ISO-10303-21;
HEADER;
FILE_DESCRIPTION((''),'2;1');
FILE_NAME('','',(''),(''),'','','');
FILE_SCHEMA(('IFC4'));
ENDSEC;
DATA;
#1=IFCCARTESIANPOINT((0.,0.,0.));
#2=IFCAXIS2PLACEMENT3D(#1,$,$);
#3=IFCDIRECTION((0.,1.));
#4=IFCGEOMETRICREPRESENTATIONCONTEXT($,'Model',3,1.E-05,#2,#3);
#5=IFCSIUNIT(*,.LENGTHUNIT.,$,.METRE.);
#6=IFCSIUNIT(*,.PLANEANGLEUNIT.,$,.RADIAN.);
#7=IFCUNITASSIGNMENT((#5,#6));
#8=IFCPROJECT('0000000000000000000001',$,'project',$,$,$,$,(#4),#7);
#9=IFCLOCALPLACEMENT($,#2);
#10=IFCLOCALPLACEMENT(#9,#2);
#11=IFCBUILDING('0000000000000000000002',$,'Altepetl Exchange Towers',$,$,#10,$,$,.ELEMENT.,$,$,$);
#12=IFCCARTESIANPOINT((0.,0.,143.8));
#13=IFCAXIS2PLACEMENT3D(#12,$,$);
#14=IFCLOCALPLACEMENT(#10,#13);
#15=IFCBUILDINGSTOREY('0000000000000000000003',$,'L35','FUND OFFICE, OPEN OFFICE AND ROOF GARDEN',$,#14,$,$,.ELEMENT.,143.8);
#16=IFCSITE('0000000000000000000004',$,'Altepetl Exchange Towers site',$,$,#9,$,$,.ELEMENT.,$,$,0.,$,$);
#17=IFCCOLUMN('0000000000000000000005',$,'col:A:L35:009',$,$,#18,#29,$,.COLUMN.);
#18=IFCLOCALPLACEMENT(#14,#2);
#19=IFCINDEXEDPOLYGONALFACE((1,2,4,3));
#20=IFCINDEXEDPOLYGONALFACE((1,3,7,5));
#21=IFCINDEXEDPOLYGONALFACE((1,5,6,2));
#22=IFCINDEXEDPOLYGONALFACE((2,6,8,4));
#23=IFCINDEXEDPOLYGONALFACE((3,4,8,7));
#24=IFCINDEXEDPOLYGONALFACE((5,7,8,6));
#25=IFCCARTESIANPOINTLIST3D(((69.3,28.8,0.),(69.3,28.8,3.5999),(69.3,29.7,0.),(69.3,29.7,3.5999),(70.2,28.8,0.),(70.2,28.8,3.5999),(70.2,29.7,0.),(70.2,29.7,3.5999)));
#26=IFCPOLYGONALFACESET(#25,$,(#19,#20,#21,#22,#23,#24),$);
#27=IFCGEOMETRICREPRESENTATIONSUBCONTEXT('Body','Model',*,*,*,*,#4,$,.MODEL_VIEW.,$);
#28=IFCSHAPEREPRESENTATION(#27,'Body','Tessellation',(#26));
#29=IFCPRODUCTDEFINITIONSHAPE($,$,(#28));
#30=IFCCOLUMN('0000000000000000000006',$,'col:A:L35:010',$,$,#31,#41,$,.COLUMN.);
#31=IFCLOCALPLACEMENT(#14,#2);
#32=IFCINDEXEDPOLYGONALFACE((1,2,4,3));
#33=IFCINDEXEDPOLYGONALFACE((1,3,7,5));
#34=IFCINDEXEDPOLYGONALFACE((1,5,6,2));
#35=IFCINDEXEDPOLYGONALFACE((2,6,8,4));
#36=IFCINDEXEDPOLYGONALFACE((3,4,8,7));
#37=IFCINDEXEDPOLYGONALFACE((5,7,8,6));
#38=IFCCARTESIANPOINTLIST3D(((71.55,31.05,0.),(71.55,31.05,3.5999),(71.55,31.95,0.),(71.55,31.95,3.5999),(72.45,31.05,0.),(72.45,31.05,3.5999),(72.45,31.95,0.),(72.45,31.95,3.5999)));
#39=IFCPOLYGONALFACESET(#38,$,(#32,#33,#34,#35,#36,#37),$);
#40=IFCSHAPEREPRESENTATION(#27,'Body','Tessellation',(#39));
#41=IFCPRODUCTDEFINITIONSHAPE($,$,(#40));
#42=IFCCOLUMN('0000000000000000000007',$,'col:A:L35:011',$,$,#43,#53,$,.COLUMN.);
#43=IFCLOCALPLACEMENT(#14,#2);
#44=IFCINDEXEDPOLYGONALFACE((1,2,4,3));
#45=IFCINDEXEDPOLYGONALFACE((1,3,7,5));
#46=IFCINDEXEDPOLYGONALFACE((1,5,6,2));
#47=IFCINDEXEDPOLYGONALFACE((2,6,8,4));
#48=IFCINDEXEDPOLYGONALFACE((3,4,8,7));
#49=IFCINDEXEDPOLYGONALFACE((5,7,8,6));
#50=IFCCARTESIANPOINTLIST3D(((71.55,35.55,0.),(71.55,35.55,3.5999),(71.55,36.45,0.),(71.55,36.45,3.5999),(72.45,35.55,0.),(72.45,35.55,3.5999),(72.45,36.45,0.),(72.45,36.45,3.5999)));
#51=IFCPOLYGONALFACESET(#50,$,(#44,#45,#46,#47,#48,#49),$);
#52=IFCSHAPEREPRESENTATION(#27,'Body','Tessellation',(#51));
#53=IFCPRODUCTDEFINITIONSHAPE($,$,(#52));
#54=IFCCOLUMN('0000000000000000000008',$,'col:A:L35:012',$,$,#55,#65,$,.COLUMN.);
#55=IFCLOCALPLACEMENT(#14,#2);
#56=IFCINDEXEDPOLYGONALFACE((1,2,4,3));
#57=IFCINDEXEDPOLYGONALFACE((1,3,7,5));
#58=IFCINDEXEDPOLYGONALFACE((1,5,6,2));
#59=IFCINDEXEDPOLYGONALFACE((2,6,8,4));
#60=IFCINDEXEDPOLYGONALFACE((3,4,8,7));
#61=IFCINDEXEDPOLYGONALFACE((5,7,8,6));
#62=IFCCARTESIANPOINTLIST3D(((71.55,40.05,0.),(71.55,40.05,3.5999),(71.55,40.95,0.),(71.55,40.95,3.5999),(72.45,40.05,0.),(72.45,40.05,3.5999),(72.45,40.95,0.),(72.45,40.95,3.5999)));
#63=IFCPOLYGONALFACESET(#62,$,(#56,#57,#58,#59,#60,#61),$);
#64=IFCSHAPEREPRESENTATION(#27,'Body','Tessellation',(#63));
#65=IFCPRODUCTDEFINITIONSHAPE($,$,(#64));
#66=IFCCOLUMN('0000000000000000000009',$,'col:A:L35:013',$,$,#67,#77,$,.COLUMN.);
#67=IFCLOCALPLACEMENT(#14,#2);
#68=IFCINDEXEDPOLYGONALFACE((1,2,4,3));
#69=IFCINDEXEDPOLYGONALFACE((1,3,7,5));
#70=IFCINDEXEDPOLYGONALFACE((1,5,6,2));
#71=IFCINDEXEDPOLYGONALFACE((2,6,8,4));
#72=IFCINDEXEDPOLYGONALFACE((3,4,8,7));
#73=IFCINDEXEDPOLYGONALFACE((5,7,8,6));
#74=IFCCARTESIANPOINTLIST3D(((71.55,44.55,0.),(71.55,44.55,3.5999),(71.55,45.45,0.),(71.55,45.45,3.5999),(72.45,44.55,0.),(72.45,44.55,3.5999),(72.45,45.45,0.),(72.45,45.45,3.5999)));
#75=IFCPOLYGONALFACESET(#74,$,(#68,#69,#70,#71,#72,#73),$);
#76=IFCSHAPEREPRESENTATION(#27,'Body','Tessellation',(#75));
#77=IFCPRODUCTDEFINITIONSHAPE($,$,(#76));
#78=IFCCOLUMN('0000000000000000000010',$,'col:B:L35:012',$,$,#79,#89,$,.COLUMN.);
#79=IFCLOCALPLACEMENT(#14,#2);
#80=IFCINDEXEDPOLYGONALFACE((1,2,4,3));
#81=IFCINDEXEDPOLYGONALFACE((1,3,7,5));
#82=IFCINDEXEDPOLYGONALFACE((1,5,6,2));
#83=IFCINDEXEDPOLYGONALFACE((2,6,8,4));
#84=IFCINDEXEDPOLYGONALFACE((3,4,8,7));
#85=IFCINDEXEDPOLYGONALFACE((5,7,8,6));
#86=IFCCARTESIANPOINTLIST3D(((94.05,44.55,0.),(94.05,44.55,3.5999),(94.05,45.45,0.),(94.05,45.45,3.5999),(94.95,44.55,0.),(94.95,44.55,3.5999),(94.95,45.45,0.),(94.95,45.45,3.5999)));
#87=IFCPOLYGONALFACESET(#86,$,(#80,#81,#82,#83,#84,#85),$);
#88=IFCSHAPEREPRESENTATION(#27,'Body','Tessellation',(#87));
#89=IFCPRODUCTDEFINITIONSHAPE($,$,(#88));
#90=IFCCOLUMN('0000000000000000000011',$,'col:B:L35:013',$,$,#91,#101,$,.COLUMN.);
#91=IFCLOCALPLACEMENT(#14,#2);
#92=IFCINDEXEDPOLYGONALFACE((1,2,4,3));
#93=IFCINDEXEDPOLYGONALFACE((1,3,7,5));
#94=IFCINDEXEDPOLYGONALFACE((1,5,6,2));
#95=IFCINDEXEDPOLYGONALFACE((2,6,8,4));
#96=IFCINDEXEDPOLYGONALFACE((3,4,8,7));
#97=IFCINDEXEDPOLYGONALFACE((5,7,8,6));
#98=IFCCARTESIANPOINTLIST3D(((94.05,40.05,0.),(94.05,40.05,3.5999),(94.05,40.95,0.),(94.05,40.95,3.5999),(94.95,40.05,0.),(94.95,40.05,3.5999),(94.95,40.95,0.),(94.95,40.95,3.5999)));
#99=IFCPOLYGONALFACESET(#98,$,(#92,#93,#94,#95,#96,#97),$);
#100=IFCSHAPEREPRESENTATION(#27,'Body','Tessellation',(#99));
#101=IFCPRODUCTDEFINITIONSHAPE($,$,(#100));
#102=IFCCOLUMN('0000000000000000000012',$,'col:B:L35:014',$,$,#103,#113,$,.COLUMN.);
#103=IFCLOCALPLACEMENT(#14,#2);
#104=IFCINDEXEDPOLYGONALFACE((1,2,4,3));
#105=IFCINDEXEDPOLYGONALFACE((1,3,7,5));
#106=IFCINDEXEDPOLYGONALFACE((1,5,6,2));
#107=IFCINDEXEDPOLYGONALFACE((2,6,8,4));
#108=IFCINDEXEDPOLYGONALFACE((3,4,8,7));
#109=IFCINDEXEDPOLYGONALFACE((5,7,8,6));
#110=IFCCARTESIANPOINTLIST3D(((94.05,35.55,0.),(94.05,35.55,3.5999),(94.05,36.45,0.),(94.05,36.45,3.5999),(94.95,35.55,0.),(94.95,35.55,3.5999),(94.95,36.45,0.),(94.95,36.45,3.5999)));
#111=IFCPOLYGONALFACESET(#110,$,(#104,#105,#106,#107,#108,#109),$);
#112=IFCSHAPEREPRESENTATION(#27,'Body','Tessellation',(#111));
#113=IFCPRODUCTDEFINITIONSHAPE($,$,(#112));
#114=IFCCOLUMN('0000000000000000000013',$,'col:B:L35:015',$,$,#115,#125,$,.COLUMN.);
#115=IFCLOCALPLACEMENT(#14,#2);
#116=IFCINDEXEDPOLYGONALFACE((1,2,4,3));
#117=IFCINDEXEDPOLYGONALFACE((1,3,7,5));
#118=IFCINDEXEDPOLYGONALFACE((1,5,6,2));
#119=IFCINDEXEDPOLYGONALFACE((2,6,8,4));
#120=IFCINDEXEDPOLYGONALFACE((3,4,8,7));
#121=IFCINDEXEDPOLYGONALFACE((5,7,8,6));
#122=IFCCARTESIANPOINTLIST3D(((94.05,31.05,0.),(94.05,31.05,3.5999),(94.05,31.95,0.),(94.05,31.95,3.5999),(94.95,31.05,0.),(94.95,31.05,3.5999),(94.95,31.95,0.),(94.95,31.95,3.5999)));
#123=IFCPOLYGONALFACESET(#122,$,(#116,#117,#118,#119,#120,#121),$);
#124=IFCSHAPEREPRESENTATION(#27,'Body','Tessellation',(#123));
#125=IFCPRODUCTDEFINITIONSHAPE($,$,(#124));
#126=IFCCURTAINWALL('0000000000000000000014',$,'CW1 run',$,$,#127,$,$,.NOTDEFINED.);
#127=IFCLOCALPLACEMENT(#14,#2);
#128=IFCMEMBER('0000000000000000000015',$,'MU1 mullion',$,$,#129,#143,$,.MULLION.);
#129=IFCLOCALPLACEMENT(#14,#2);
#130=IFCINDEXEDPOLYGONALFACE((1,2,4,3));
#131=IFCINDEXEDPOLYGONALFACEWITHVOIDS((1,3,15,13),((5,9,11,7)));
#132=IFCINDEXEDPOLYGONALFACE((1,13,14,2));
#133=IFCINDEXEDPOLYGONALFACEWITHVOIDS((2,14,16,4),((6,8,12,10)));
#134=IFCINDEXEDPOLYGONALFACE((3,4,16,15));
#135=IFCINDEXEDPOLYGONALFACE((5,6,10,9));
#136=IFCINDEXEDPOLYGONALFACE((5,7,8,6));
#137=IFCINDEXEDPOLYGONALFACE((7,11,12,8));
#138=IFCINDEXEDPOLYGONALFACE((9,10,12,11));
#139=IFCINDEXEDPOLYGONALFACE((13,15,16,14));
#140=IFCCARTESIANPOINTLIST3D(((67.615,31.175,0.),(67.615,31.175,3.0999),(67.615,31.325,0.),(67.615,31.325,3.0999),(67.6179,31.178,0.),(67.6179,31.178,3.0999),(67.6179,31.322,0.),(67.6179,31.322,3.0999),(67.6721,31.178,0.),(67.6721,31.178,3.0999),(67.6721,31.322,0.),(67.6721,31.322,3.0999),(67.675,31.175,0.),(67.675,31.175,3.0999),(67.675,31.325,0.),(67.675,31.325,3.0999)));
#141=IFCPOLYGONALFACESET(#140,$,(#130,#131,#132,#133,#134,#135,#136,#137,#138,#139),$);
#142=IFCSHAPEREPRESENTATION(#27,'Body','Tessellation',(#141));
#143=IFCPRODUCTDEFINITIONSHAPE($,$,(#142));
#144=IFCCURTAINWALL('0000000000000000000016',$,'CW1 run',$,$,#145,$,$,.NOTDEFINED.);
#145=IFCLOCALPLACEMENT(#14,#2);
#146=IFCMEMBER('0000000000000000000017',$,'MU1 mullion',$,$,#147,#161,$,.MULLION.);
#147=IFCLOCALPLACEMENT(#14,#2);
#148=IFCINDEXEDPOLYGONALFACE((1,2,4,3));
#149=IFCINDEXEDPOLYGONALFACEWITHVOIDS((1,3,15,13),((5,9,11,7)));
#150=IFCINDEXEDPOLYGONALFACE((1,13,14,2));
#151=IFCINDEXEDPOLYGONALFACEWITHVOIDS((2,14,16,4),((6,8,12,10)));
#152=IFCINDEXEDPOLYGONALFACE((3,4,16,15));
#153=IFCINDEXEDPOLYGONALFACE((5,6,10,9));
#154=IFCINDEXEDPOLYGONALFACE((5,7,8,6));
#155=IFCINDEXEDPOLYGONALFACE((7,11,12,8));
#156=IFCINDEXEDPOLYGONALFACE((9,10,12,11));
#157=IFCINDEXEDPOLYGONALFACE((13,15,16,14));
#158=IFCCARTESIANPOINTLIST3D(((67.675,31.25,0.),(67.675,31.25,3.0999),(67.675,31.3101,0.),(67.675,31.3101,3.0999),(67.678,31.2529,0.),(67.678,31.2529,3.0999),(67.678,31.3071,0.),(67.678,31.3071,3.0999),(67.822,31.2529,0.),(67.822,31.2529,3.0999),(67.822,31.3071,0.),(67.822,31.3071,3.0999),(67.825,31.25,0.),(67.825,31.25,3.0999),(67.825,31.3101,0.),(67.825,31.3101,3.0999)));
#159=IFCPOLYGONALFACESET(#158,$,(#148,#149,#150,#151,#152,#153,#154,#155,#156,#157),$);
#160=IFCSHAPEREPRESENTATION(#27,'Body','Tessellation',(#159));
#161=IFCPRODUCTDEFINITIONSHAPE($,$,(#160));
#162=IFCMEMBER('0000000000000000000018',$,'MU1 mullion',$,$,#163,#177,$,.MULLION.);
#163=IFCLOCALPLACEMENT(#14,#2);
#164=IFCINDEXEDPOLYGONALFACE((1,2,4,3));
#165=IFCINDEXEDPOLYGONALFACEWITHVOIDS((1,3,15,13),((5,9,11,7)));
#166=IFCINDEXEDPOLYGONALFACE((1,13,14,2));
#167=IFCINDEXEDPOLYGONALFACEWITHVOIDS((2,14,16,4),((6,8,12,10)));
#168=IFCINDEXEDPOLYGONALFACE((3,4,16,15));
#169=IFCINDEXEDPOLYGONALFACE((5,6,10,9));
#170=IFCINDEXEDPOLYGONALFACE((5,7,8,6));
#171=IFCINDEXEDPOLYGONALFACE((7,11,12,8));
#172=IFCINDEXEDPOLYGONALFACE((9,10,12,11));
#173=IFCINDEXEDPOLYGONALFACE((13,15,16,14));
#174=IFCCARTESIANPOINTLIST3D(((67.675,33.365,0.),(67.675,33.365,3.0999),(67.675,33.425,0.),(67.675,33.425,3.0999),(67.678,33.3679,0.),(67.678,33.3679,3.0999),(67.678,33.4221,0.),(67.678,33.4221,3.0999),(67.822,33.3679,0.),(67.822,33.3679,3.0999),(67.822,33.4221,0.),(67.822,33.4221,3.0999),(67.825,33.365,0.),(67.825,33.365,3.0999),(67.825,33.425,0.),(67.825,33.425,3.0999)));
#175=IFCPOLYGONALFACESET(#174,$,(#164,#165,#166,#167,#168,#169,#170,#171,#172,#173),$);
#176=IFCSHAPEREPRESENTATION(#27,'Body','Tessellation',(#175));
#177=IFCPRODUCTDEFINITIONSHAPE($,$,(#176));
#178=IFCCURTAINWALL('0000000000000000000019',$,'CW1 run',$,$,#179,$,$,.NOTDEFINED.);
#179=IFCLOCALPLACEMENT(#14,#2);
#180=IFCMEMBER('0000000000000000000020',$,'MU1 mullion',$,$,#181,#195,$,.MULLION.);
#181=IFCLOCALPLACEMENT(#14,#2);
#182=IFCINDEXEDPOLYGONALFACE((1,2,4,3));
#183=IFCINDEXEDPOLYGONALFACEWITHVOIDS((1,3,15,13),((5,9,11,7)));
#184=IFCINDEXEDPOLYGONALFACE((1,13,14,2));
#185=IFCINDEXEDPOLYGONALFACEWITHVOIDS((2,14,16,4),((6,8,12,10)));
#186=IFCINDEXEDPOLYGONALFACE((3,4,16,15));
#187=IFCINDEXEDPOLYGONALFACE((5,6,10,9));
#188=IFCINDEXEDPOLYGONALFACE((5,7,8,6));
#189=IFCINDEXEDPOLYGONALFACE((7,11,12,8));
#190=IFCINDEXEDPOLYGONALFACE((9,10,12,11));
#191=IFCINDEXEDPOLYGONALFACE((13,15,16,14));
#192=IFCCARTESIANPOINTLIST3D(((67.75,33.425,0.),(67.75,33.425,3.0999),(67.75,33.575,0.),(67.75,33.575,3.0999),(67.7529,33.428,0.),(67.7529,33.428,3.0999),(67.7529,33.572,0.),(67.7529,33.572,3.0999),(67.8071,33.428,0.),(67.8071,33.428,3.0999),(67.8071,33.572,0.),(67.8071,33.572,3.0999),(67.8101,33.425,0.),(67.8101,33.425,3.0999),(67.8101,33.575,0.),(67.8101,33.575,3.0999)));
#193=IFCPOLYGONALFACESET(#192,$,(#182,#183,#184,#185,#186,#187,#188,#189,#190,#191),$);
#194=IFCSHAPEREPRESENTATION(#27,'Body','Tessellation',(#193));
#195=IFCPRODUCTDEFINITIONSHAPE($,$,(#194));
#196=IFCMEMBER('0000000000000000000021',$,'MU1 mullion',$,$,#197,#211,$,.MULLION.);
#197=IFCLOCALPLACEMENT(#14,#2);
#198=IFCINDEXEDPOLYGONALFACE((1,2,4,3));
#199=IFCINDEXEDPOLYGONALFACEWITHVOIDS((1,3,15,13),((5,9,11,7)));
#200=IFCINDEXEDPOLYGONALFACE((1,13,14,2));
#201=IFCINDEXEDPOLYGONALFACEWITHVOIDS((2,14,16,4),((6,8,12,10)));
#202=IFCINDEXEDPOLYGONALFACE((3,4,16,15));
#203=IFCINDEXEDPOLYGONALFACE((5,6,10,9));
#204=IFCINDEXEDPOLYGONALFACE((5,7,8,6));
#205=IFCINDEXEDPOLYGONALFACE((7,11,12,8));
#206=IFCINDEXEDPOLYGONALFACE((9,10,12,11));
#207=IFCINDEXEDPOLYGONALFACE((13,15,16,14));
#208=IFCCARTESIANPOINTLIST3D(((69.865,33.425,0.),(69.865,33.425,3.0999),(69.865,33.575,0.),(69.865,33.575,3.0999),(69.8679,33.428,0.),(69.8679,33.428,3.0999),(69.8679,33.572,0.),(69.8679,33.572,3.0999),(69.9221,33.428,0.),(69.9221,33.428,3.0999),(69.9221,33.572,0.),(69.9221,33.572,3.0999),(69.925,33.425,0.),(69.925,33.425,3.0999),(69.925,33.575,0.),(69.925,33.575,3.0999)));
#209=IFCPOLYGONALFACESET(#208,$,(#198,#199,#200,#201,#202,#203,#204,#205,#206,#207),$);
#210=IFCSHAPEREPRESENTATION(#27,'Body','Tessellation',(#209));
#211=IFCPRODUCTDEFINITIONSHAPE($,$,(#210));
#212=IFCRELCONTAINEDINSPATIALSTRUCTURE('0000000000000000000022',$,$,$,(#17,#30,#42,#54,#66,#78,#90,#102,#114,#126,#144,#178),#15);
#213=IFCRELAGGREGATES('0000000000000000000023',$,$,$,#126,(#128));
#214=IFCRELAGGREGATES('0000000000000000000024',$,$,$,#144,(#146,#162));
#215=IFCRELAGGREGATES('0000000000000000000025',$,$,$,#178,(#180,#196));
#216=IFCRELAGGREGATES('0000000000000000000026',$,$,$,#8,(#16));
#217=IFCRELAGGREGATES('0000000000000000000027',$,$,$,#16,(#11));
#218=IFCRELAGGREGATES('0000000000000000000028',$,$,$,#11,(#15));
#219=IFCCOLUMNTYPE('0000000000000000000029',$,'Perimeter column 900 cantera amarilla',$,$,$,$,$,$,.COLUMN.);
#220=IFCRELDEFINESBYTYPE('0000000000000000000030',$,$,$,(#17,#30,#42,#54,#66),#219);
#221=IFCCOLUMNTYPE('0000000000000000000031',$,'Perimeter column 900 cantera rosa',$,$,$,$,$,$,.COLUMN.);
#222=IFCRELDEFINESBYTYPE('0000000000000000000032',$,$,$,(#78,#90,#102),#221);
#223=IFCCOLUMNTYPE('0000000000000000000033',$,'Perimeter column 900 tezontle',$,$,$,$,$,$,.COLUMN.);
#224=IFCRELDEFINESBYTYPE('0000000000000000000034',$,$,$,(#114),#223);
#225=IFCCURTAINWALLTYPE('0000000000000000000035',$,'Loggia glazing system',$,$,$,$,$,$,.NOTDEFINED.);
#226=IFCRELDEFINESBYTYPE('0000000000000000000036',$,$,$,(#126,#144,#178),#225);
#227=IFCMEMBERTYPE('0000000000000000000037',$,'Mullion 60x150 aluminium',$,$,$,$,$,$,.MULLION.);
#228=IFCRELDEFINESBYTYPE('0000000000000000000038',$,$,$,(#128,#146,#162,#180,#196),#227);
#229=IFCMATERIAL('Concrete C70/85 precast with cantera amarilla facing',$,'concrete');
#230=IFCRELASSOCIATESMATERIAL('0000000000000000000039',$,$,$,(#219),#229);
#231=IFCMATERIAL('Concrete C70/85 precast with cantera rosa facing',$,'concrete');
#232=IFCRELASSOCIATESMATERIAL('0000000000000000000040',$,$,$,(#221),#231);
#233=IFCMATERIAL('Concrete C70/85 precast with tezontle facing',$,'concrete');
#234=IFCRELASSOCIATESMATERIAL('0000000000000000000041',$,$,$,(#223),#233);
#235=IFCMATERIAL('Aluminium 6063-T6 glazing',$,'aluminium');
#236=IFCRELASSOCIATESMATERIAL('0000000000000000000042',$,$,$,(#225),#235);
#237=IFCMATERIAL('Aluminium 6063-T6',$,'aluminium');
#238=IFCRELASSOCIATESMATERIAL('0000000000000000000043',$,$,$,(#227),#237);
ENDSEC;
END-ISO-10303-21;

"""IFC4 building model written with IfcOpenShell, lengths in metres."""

from ifc_helpers import new_model, si_unit, direction, frame, origin, origin_2d, place, context, subcontext, project, spatial, rectangle, hollow_rectangle, extrude, material, material_profile, profile_set, type_object, element, aggregate, save


model = new_model("IFC4")

# Units and contexts
model_context = context("Model", 3, precision=1e-05, world=origin(), true_north=direction((0.0, 1.0)))
body_context = subcontext(model_context, "Body", "Model", "MODEL_VIEW")
ifc_project = project(units=[si_unit("LENGTHUNIT", "METRE"), si_unit("PLANEANGLEUNIT", "RADIAN")], contexts=[model_context])

# Site, building, storey
site_placement = place(None, origin())
site = spatial("IfcSite", under=ifc_project, at=site_placement, Name="Altepetl Exchange Towers site", CompositionType="ELEMENT", RefElevation=0.0)
building_placement = place(site_placement, origin())
building = spatial("IfcBuilding", under=site, at=building_placement, Name="Altepetl Exchange Towers", CompositionType="ELEMENT")
storey_placement = place(building_placement, frame((0.0, 0.0, 143.8)))
storey = spatial("IfcBuildingStorey", under=building, at=storey_placement, Name="L35", Description="FUND OFFICE, OPEN OFFICE AND ROOF GARDEN", CompositionType="ELEMENT", Elevation=143.8)

# Columns
ifc_material_1 = material(Name="Concrete C70/85 precast with cantera amarilla facing", Category="concrete")
ifc_material_profile_1 = material_profile(ifc_material_1, rectangle(XDim=0.8999, YDim=0.8999, at=origin_2d()), Name="900 x 900")
ifc_profile_set_1 = profile_set([ifc_material_profile_1], Name="Concrete C70/85 precast with cantera amarilla facing")
column_type_1 = type_object("IfcColumnType", Name="Perimeter column 900 cantera amarilla", PredefinedType="COLUMN", material=ifc_profile_set_1)
for number, where, name in (
    (1, (69.75, 29.25, 0.0), "col:A:L35:009"),
    (2, (72.0, 31.5, 0.0), "col:A:L35:010"),
    (3, (72.0, 36.0, 0.0), "col:A:L35:011"),
    (4, (72.0, 40.5, 0.0), "col:A:L35:012"),
    (5, (72.0, 45.0, 0.0), "col:A:L35:013"),
):
    element("IfcColumn", number, at=place(storey_placement, frame(where)), inside=storey, type_object=column_type_1, Name=name, PredefinedType="COLUMN", context=body_context, shape_type="SweptSolid", body=[
        extrude(rectangle(XDim=0.8999, YDim=0.8999, at=origin_2d()), origin(), (0.0, 0.0, 1.0), 3.5999),
    ])
ifc_material_2 = material(Name="Concrete C70/85 precast with cantera rosa facing", Category="concrete")
ifc_material_profile_2 = material_profile(ifc_material_2, rectangle(XDim=0.8999, YDim=0.8999, at=origin_2d()), Name="900 x 900")
ifc_profile_set_2 = profile_set([ifc_material_profile_2], Name="Concrete C70/85 precast with cantera rosa facing")
column_type_2 = type_object("IfcColumnType", Name="Perimeter column 900 cantera rosa", PredefinedType="COLUMN", material=ifc_profile_set_2)
for number, where, name in (
    (6, (94.5, 45.0, 0.0), "col:B:L35:012"),
    (7, (94.5, 40.5, 0.0), "col:B:L35:013"),
    (8, (94.5, 36.0, 0.0), "col:B:L35:014"),
):
    element("IfcColumn", number, at=place(storey_placement, frame(where)), inside=storey, type_object=column_type_2, Name=name, PredefinedType="COLUMN", context=body_context, shape_type="SweptSolid", body=[
        extrude(rectangle(XDim=0.8999, YDim=0.8999, at=origin_2d()), origin(), (0.0, 0.0, 1.0), 3.5999),
    ])
ifc_material_3 = material(Name="Concrete C70/85 precast with tezontle facing", Category="concrete")
ifc_material_profile_3 = material_profile(ifc_material_3, rectangle(XDim=0.8999, YDim=0.8999, at=origin_2d()), Name="900 x 900")
ifc_profile_set_3 = profile_set([ifc_material_profile_3], Name="Concrete C70/85 precast with tezontle facing")
column_type_3 = type_object("IfcColumnType", Name="Perimeter column 900 tezontle", PredefinedType="COLUMN", material=ifc_profile_set_3)
column_placement = place(storey_placement, frame((94.5, 31.5, 0.0)))
element("IfcColumn", 9, at=column_placement, inside=storey, type_object=column_type_3, Name="col:B:L35:015", PredefinedType="COLUMN", context=body_context, shape_type="SweptSolid", body=[
    extrude(rectangle(XDim=0.8999, YDim=0.8999, at=origin_2d()), origin(), (0.0, 0.0, 1.0), 3.5999),
])

# Curtain wall, member
ifc_material_4 = material(Name="Aluminium 6063-T6 glazing", Category="aluminium")
curtain_wall_type = type_object("IfcCurtainWallType", Name="Loggia glazing system", PredefinedType="NOTDEFINED", material=ifc_material_4)
curtain_wall_1_placement = place(storey_placement, origin())
curtain_wall_1 = element("IfcCurtainWall", 10, at=curtain_wall_1_placement, inside=storey, type_object=curtain_wall_type, Name="CW1 run", PredefinedType="NOTDEFINED")
ifc_material_5 = material(Name="Aluminium 6063-T6", Category="aluminium")
ifc_material_profile_4 = material_profile(ifc_material_5, hollow_rectangle(XDim=0.0601, YDim=0.1499, WallThickness=0.0029, at=origin_2d()), Name="Mullion 60x150 aluminium")
ifc_profile_set_4 = profile_set([ifc_material_profile_4], Name="Aluminium 6063-T6")
member_type = type_object("IfcMemberType", Name="Mullion 60x150 aluminium", PredefinedType="MULLION", material=ifc_profile_set_4)
member_1_placement = place(storey_placement, frame((67.645, 31.25, 0.0)))
member_1 = element("IfcMember", 11, at=member_1_placement, type_object=member_type, Name="MU1 mullion", PredefinedType="MULLION", context=body_context, shape_type="SweptSolid", body=[
    extrude(hollow_rectangle(XDim=0.0601, YDim=0.1499, WallThickness=0.0029, at=origin_2d()), origin(), (0.0, 0.0, 1.0), 3.0999),
])
aggregate(curtain_wall_1, [member_1])

# Curtain walls, members
curtain_wall_2_placement = place(storey_placement, origin())
curtain_wall_2 = element("IfcCurtainWall", 12, at=curtain_wall_2_placement, inside=storey, type_object=curtain_wall_type, Name="CW1 run", PredefinedType="NOTDEFINED")
member_2_placement = place(storey_placement, frame((67.75, 31.28, 0.0), z_axis=(0.0, 0.0, 1.0), x_axis=(0.0, 1.0, 0.0)))
member_2 = element("IfcMember", 13, at=member_2_placement, type_object=member_type, Name="MU1 mullion", PredefinedType="MULLION", context=body_context, shape_type="SweptSolid", body=[
    extrude(hollow_rectangle(XDim=0.0601, YDim=0.1499, WallThickness=0.0029, at=origin_2d()), origin(), (0.0, 0.0, 1.0), 3.0999),
])
member_3_placement = place(storey_placement, frame((67.75, 33.395, 0.0), z_axis=(0.0, 0.0, 1.0), x_axis=(0.0, 1.0, 0.0)))
member_3 = element("IfcMember", 14, at=member_3_placement, type_object=member_type, Name="MU1 mullion", PredefinedType="MULLION", context=body_context, shape_type="SweptSolid", body=[
    extrude(hollow_rectangle(XDim=0.0601, YDim=0.1499, WallThickness=0.0029, at=origin_2d()), origin(), (0.0, 0.0, 1.0), 3.0999),
])
curtain_wall_3_placement = place(storey_placement, origin())
curtain_wall_3 = element("IfcCurtainWall", 15, at=curtain_wall_3_placement, inside=storey, type_object=curtain_wall_type, Name="CW1 run", PredefinedType="NOTDEFINED")
member_4_placement = place(storey_placement, frame((67.78, 33.5, 0.0)))
member_4 = element("IfcMember", 16, at=member_4_placement, type_object=member_type, Name="MU1 mullion", PredefinedType="MULLION", context=body_context, shape_type="SweptSolid", body=[
    extrude(hollow_rectangle(XDim=0.0601, YDim=0.1499, WallThickness=0.0029, at=origin_2d()), origin(), (0.0, 0.0, 1.0), 3.0999),
])
member_5_placement = place(storey_placement, frame((69.895, 33.5, 0.0)))
member_5 = element("IfcMember", 17, at=member_5_placement, type_object=member_type, Name="MU1 mullion", PredefinedType="MULLION", context=body_context, shape_type="SweptSolid", body=[
    extrude(hollow_rectangle(XDim=0.0601, YDim=0.1499, WallThickness=0.0029, at=origin_2d()), origin(), (0.0, 0.0, 1.0), 3.0999),
])

aggregate(curtain_wall_2, [member_2, member_3])
aggregate(curtain_wall_3, [member_4, member_5])

save(model, "model.ifc")
